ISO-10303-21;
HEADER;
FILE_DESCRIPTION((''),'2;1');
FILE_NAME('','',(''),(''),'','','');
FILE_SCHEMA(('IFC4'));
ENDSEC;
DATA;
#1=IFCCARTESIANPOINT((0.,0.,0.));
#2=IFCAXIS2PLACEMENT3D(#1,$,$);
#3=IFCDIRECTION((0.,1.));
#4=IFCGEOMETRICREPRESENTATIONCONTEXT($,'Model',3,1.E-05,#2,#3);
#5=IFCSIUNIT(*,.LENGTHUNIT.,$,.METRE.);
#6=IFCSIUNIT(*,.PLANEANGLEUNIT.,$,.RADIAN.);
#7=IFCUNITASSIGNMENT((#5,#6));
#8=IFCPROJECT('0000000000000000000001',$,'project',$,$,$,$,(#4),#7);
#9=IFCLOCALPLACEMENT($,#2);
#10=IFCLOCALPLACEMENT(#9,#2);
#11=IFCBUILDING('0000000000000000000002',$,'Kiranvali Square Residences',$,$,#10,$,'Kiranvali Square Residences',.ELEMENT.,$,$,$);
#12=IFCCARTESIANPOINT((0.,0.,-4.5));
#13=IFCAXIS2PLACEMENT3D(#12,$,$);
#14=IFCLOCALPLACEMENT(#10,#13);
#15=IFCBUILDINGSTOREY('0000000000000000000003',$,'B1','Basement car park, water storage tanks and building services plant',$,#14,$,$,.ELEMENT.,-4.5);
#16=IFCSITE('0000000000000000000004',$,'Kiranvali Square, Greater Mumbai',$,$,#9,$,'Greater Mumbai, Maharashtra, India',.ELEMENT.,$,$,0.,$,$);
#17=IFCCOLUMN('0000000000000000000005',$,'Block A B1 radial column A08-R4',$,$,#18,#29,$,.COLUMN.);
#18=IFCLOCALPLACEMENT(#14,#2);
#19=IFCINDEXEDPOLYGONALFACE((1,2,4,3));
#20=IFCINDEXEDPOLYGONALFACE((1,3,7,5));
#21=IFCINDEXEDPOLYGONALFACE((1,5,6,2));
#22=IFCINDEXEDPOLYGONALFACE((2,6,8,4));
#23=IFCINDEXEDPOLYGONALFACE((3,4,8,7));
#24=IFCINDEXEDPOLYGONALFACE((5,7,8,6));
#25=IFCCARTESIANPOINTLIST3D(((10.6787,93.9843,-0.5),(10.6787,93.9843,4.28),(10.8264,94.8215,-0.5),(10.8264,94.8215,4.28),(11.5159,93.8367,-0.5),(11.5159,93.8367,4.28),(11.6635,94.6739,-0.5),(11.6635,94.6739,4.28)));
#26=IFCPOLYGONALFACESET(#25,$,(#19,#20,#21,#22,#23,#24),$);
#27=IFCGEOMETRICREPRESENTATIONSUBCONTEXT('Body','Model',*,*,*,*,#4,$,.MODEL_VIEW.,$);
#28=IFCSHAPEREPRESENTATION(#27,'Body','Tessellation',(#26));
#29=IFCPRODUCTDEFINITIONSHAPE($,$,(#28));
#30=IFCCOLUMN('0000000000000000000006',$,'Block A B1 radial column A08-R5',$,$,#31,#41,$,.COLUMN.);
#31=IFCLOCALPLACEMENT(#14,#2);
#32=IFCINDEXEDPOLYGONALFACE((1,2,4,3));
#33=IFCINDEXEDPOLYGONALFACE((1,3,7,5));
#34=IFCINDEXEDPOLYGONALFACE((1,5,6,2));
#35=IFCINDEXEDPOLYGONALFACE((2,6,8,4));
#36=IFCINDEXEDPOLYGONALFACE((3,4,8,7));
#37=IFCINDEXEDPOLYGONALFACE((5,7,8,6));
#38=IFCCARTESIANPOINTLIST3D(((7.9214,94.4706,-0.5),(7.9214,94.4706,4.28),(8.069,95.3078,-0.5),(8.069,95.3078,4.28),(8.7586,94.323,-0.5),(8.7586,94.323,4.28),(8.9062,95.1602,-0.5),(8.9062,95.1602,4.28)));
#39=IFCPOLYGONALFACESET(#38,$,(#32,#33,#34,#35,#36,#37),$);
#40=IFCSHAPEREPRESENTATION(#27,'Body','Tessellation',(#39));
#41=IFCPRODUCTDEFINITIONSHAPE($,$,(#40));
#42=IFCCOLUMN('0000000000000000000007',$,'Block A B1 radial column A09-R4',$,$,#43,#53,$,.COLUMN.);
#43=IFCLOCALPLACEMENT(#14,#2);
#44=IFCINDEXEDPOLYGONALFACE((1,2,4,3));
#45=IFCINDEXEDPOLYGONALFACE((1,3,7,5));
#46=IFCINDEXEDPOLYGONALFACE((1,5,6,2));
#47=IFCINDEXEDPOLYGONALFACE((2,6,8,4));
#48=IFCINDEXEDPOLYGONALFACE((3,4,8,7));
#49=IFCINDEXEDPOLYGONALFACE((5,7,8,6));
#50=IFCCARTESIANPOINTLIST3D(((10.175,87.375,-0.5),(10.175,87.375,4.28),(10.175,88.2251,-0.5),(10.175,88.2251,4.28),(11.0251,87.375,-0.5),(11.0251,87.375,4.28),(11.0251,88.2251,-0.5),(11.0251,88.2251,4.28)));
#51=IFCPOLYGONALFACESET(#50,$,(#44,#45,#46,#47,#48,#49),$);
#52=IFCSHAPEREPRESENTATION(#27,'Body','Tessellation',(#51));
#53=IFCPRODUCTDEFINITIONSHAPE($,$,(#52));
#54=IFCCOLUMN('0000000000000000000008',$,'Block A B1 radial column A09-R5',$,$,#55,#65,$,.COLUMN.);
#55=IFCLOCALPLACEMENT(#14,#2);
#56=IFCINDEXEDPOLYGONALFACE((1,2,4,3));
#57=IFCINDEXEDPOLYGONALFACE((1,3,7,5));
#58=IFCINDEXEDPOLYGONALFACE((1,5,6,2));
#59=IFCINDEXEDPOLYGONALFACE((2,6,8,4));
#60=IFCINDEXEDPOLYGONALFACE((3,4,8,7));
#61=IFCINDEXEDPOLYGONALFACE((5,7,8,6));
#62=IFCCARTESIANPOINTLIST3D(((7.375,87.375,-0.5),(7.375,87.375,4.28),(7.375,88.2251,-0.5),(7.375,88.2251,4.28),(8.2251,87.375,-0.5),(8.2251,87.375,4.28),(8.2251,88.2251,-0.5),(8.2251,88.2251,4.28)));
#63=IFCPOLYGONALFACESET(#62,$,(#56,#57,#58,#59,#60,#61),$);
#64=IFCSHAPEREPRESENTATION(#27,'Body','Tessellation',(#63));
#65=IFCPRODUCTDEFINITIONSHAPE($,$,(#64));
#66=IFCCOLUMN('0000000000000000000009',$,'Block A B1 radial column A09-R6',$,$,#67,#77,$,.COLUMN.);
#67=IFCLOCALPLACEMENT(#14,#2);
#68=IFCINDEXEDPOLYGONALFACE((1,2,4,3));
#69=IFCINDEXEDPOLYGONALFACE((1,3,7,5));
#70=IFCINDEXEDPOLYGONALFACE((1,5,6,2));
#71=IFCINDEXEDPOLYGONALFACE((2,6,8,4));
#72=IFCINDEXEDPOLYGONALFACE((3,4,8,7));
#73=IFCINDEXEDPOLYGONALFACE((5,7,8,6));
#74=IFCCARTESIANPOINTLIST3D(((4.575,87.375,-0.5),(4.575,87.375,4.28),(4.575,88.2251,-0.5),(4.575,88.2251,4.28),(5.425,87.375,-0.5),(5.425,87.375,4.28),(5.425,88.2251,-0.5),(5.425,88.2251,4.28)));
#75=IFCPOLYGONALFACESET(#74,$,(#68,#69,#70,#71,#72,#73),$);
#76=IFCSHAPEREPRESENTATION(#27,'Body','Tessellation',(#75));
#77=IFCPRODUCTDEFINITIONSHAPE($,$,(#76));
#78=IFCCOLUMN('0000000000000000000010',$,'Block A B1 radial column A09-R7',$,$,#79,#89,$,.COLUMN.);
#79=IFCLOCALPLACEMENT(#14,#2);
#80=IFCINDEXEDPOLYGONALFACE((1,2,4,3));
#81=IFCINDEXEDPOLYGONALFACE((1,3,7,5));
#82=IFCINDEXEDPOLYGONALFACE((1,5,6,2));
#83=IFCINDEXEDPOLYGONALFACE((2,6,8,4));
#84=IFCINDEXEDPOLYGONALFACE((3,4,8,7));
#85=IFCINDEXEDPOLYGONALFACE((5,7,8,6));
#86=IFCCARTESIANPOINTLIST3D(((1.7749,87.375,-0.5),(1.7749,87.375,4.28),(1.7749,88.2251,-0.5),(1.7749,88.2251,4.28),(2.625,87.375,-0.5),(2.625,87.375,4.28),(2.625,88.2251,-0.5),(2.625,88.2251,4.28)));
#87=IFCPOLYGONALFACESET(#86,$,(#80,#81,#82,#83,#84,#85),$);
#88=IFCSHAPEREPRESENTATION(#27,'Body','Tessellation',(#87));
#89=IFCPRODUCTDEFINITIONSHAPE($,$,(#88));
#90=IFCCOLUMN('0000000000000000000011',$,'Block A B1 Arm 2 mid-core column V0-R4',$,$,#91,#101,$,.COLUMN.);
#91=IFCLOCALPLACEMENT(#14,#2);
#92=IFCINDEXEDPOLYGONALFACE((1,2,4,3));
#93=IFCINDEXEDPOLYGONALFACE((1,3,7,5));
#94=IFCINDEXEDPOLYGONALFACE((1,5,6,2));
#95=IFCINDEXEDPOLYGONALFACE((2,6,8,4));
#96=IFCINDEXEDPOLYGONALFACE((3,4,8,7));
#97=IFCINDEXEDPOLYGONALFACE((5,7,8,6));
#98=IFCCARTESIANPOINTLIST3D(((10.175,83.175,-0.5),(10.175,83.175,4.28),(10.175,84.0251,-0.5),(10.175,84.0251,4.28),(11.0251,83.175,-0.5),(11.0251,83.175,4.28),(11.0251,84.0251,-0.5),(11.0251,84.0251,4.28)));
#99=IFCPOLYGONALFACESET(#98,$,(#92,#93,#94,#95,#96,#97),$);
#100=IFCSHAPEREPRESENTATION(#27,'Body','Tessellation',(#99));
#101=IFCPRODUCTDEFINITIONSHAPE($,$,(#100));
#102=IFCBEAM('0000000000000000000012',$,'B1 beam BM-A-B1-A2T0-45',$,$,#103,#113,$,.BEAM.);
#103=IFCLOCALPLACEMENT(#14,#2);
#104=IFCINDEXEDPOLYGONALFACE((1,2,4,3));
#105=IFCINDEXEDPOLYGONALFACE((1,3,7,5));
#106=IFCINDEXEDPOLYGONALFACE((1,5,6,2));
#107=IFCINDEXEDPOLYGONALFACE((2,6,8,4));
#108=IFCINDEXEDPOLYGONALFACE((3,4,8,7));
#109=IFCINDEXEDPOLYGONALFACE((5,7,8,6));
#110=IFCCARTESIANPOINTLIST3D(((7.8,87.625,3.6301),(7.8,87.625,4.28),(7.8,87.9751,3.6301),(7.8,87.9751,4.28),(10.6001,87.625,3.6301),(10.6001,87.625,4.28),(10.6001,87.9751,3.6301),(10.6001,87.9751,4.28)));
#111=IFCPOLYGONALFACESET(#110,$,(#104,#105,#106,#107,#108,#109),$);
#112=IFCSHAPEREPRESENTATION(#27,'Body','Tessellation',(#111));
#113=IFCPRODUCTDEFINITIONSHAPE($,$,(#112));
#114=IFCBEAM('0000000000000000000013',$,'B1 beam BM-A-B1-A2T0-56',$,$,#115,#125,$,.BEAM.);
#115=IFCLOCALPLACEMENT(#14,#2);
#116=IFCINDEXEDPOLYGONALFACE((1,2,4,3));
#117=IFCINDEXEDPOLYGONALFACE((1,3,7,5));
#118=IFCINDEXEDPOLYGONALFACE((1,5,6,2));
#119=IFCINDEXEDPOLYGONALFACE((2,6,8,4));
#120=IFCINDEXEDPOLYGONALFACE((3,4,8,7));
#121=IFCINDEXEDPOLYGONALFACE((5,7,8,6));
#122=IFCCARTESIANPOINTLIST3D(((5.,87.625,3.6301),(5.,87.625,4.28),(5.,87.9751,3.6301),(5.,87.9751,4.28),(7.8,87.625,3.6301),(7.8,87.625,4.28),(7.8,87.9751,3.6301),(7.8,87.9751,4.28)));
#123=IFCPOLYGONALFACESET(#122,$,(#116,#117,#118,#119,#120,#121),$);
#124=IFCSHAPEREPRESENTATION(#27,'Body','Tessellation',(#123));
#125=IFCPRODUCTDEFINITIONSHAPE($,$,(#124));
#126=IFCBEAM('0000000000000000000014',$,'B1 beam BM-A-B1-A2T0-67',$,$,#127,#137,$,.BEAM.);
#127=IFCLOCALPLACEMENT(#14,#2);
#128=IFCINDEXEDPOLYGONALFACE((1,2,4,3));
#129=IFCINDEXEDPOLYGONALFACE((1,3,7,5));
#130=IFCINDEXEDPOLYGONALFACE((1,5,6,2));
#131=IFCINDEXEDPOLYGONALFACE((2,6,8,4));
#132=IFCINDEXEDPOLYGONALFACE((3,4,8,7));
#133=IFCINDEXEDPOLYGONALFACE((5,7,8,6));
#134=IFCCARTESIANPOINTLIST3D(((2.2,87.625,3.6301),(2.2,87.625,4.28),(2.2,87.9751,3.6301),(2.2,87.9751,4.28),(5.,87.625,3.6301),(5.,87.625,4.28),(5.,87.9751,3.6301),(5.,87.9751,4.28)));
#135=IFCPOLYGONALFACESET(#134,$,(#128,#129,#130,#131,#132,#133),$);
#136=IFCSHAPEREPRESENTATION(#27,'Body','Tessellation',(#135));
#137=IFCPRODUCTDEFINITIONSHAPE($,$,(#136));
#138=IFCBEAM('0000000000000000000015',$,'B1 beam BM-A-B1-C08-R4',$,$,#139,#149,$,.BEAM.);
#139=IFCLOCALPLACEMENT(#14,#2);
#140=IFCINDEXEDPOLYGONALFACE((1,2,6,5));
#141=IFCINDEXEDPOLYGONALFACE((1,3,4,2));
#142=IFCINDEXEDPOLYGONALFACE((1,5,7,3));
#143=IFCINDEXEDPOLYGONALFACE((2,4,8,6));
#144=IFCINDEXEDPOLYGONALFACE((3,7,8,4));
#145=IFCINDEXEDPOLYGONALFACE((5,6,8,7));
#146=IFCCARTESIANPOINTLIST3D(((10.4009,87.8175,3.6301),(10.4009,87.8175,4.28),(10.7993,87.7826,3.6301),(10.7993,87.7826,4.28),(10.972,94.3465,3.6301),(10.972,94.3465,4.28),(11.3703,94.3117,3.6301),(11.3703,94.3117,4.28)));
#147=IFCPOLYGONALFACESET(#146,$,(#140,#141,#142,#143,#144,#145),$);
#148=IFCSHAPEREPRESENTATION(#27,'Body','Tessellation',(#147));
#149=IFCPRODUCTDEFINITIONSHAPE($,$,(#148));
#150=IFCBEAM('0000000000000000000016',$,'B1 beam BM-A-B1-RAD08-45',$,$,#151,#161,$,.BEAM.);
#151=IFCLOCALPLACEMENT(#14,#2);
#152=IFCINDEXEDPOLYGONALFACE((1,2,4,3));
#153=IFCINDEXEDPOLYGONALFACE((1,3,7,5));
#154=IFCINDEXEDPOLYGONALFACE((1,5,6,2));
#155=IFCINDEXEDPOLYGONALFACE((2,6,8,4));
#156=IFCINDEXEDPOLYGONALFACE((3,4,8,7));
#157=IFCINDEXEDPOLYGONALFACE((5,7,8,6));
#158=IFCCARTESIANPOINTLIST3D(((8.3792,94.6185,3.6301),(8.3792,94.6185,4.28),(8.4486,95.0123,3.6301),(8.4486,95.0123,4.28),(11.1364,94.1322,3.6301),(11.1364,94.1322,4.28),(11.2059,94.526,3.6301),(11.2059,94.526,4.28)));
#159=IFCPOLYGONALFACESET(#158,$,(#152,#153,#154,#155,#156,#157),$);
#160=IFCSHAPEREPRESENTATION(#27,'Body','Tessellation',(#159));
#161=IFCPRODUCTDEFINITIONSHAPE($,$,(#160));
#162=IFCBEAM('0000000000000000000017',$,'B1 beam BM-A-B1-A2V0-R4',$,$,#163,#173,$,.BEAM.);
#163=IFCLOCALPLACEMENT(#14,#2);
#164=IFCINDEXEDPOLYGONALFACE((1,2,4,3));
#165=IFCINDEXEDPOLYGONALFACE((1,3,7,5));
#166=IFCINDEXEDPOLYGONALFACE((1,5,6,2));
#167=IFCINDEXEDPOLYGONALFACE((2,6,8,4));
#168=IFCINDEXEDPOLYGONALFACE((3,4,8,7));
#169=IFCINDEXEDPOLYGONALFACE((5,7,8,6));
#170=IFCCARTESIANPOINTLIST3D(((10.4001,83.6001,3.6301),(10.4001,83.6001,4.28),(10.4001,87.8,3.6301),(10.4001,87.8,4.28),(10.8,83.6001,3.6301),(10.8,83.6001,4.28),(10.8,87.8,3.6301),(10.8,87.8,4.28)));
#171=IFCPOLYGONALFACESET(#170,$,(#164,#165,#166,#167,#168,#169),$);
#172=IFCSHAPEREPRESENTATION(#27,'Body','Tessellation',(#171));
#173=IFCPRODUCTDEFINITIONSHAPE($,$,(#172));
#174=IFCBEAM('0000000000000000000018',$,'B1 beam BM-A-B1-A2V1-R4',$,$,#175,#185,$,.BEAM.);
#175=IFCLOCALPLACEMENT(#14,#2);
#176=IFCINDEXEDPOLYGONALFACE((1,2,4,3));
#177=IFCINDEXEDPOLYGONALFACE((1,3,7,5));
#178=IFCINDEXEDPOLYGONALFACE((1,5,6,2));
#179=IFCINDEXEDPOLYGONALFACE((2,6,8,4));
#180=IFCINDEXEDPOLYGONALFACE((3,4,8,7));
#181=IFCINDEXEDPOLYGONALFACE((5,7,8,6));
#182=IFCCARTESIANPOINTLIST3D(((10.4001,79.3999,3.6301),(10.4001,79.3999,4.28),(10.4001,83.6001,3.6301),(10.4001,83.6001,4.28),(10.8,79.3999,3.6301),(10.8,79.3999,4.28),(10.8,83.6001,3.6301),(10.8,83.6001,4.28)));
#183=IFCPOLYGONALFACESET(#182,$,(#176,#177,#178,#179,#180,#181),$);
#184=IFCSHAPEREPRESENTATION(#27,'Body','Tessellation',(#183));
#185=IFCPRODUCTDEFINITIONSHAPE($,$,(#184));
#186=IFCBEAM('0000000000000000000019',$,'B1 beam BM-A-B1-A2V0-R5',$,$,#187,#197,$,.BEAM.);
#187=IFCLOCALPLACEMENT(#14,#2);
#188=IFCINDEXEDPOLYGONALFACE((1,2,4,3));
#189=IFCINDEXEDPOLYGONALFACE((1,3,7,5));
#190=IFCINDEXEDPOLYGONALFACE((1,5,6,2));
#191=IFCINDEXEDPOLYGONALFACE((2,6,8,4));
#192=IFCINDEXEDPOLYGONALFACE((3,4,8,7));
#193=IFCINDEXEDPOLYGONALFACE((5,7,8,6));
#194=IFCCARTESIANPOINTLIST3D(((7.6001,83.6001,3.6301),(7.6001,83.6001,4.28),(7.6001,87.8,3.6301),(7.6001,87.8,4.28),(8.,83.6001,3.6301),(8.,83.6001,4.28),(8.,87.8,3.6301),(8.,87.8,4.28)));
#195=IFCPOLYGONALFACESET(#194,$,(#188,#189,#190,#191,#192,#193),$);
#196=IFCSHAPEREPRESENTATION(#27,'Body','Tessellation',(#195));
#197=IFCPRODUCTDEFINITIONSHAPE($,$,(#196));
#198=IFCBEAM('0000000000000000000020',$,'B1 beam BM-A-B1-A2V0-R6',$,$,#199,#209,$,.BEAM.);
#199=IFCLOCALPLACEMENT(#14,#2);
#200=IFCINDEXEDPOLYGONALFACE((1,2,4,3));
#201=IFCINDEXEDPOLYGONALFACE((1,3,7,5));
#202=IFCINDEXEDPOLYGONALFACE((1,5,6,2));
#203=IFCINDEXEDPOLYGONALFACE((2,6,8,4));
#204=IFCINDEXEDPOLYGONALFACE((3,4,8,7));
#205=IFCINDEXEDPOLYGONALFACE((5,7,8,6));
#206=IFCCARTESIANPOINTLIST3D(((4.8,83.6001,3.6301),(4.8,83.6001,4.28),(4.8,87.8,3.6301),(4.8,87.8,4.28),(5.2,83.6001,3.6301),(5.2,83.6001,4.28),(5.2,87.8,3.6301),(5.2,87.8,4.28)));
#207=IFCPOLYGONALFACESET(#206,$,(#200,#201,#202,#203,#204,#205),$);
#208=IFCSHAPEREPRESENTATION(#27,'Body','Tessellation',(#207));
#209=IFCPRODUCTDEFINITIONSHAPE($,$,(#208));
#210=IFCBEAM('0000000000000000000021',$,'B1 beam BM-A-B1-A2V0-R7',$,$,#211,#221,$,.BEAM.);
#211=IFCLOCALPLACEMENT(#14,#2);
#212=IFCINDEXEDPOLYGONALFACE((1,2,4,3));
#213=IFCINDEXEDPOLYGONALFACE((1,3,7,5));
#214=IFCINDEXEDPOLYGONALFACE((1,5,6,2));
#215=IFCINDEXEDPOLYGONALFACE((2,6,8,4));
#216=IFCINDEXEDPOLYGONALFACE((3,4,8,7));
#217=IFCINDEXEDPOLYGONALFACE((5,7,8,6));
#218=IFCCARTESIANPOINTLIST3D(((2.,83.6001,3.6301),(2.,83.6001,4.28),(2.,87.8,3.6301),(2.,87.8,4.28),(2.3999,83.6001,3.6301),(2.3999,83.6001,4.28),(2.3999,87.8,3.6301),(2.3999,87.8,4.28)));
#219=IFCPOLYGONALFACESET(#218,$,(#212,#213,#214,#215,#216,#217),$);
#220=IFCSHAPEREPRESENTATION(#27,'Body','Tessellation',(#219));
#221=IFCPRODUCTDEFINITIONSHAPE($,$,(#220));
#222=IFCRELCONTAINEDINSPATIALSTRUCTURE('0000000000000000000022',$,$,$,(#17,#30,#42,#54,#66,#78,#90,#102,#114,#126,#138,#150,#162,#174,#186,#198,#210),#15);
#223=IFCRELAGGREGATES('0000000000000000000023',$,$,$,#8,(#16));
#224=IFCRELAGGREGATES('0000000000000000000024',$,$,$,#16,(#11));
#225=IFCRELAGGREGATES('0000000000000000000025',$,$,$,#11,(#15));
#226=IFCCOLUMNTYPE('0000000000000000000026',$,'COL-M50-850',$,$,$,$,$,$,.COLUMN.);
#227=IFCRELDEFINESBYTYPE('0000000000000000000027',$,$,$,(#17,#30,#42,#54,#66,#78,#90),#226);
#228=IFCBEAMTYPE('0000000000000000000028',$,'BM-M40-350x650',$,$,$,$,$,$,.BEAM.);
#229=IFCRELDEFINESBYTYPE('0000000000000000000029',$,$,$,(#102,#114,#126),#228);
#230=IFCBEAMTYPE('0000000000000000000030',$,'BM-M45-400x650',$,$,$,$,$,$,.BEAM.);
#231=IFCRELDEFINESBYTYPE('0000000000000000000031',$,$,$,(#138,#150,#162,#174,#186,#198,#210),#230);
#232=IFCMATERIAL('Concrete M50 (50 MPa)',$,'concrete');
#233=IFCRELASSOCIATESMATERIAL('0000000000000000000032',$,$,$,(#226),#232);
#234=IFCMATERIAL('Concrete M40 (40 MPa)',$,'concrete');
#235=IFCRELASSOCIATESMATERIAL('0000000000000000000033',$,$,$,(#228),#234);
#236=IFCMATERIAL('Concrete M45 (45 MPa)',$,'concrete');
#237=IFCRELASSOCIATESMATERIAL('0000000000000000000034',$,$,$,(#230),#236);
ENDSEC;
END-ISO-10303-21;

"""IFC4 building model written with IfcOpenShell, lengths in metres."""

from ifc_helpers import new_model, si_unit, direction, frame, origin, origin_2d, place, context, subcontext, project, spatial, rectangle, extrude, material, material_profile, profile_set, type_object, element, save


model = new_model("IFC4")

# Units and contexts
model_context = context("Model", 3, precision=1e-05, world=origin(), true_north=direction((0.0, 1.0)))
body_context = subcontext(model_context, "Body", "Model", "MODEL_VIEW")
ifc_project = project(units=[si_unit("LENGTHUNIT", "METRE"), si_unit("PLANEANGLEUNIT", "RADIAN")], contexts=[model_context])

# Site, building, storey
site_placement = place(None, origin())
site = spatial("IfcSite", under=ifc_project, at=site_placement, Name="Kiranvali Square, Greater Mumbai", LongName="Greater Mumbai, Maharashtra, India", CompositionType="ELEMENT", RefElevation=0.0)
building_placement = place(site_placement, origin())
building = spatial("IfcBuilding", under=site, at=building_placement, Name="Kiranvali Square Residences", LongName="Kiranvali Square Residences", CompositionType="ELEMENT")
storey_placement = place(building_placement, frame((0.0, 0.0, -4.5)))
storey = spatial("IfcBuildingStorey", under=building, at=storey_placement, Name="B1", Description="Basement car park, water storage tanks and building services plant", CompositionType="ELEMENT", Elevation=-4.5)

# Shared definitions
ifc_material_1 = material(Name="Concrete M40 (40 MPa)", Category="concrete")

# Columns
ifc_material_2 = material(Name="Concrete M50 (50 MPa)", Category="concrete")
ifc_material_profile_1 = material_profile(ifc_material_2, rectangle(XDim=0.8501, YDim=0.8501, at=origin_2d()), Name="RC 850x850")
ifc_profile_set_1 = profile_set([ifc_material_profile_1], Name="Concrete M50 (50 MPa)")
column_type = type_object("IfcColumnType", Name="COL-M50-850", PredefinedType="COLUMN", material=ifc_profile_set_1)
for number, where, z_axis, x_axis, name in (
    (1, (11.1711, 94.3291, -0.5), (0.0, 0.0, 1.0), (0.173648, 0.984808, 0.0), "Block A B1 radial column A08-R4"),
    (2, (8.4138, 94.8154, -0.5), (0.0, 0.0, 1.0), (0.173648, 0.984808, 0.0), "Block A B1 radial column A08-R5"),
    (3, (10.6001, 87.8, -0.5), (0.0, 0.0, 1.0), (0.0, 1.0, 0.0), "Block A B1 radial column A09-R4"),
    (4, (7.8, 87.8, -0.5), (0.0, 0.0, 1.0), (0.0, 1.0, 0.0), "Block A B1 radial column A09-R5"),
    (5, (5.0, 87.8, -0.5), (0.0, 0.0, 1.0), (0.0, 1.0, 0.0), "Block A B1 radial column A09-R6"),
    (6, (2.2, 87.8, -0.5), (0.0, 0.0, 1.0), (0.0, 1.0, 0.0), "Block A B1 radial column A09-R7"),
    (7, (10.6001, 83.6001, -0.5), (0.0, 0.0, 1.0), (1.0, 0.0, 0.0), "Block A B1 Arm 2 mid-core column V0-R4"),
):
    element("IfcColumn", number, at=place(storey_placement, frame(where, z_axis=z_axis, x_axis=x_axis)), inside=storey, type_object=column_type, Name=name, PredefinedType="COLUMN", context=body_context, shape_type="SweptSolid", body=[
        extrude(rectangle(XDim=0.8501, YDim=0.8501, at=origin_2d()), origin(), (0.0, 0.0, 1.0), 4.78),
    ])

# Beams
ifc_material_profile_2 = material_profile(ifc_material_1, rectangle(XDim=0.3501, YDim=0.6499, at=origin_2d()), Name="RC 350x650")
ifc_profile_set_2 = profile_set([ifc_material_profile_2], Name="Concrete M40 (40 MPa)")
beam_type_1 = type_object("IfcBeamType", Name="BM-M40-350x650", PredefinedType="BEAM", material=ifc_profile_set_2)
for number, where, z_axis, x_axis, name in (
    (8, (10.6001, 87.8, 3.9551), (-1.0, 0.0, 0.0), (0.0, -1.0, 0.0), "B1 beam BM-A-B1-A2T0-45"),
    (9, (7.8, 87.8, 3.9551), (-1.0, 0.0, 0.0), (0.0, -1.0, 0.0), "B1 beam BM-A-B1-A2T0-56"),
    (10, (5.0, 87.8, 3.9551), (-1.0, 0.0, 0.0), (0.0, -1.0, 0.0), "B1 beam BM-A-B1-A2T0-67"),
):
    element("IfcBeam", number, at=place(storey_placement, frame(where, z_axis=z_axis, x_axis=x_axis)), inside=storey, type_object=beam_type_1, Name=name, PredefinedType="BEAM", context=body_context, shape_type="SweptSolid", body=[
        extrude(rectangle(XDim=0.3501, YDim=0.6499, at=origin_2d()), origin(), (0.0, 0.0, 1.0), 2.8),
    ])
ifc_material_3 = material(Name="Concrete M45 (45 MPa)", Category="concrete")
ifc_material_profile_3 = material_profile(ifc_material_3, rectangle(XDim=0.3999, YDim=0.6499, at=origin_2d()), Name="RC 400x650")
ifc_profile_set_3 = profile_set([ifc_material_profile_3], Name="Concrete M45 (45 MPa)")
beam_type_2 = type_object("IfcBeamType", Name="BM-M45-400x650", PredefinedType="BEAM", material=ifc_profile_set_3)
beam_1_placement = place(storey_placement, frame((11.1711, 94.3291, 3.9551), z_axis=(-0.08713, -0.996197, 0.0), x_axis=(0.996197, -0.08713, 0.0)))
element("IfcBeam", 11, at=beam_1_placement, inside=storey, type_object=beam_type_2, Name="B1 beam BM-A-B1-C08-R4", PredefinedType="BEAM", context=body_context, shape_type="SweptSolid", body=[
    extrude(rectangle(XDim=0.3999, YDim=0.6499, at=origin_2d()), origin(), (0.0, 0.0, 1.0), 6.554),
])
beam_2_placement = place(storey_placement, frame((11.1711, 94.3291, 3.9551), z_axis=(-0.984799, 0.173696, 0.0), x_axis=(-0.173696, -0.984799, 0.0)))
element("IfcBeam", 12, at=beam_2_placement, inside=storey, type_object=beam_type_2, Name="B1 beam BM-A-B1-RAD08-45", PredefinedType="BEAM", context=body_context, shape_type="SweptSolid", body=[
    extrude(rectangle(XDim=0.3999, YDim=0.6499, at=origin_2d()), origin(), (0.0, 0.0, 1.0), 2.7998),
])
beam_3_placement = place(storey_placement, frame((10.6001, 87.8, 3.9551), z_axis=(0.0, -1.0, 0.0), x_axis=(1.0, 0.0, 0.0)))
element("IfcBeam", 13, at=beam_3_placement, inside=storey, type_object=beam_type_2, Name="B1 beam BM-A-B1-A2V0-R4", PredefinedType="BEAM", context=body_context, shape_type="SweptSolid", body=[
    extrude(rectangle(XDim=0.3999, YDim=0.6499, at=origin_2d()), origin(), (0.0, 0.0, 1.0), 4.2),
])
beam_4_placement = place(storey_placement, frame((10.6001, 83.6001, 3.9551), z_axis=(0.0, -1.0, 0.0), x_axis=(1.0, 0.0, 0.0)))
element("IfcBeam", 14, at=beam_4_placement, inside=storey, type_object=beam_type_2, Name="B1 beam BM-A-B1-A2V1-R4", PredefinedType="BEAM", context=body_context, shape_type="SweptSolid", body=[
    extrude(rectangle(XDim=0.3999, YDim=0.6499, at=origin_2d()), origin(), (0.0, 0.0, 1.0), 4.2002),
])
for number, where, z_axis, x_axis, name in (
    (15, (7.8, 87.8, 3.9551), (0.0, -1.0, 0.0), (1.0, 0.0, 0.0), "B1 beam BM-A-B1-A2V0-R5"),
    (16, (5.0, 87.8, 3.9551), (0.0, -1.0, 0.0), (1.0, 0.0, 0.0), "B1 beam BM-A-B1-A2V0-R6"),
    (17, (2.2, 87.8, 3.9551), (0.0, -1.0, 0.0), (1.0, 0.0, 0.0), "B1 beam BM-A-B1-A2V0-R7"),
):
    element("IfcBeam", number, at=place(storey_placement, frame(where, z_axis=z_axis, x_axis=x_axis)), inside=storey, type_object=beam_type_2, Name=name, PredefinedType="BEAM", context=body_context, shape_type="SweptSolid", body=[
        extrude(rectangle(XDim=0.3999, YDim=0.6499, at=origin_2d()), origin(), (0.0, 0.0, 1.0), 4.2),
    ])

save(model, "model.ifc")
